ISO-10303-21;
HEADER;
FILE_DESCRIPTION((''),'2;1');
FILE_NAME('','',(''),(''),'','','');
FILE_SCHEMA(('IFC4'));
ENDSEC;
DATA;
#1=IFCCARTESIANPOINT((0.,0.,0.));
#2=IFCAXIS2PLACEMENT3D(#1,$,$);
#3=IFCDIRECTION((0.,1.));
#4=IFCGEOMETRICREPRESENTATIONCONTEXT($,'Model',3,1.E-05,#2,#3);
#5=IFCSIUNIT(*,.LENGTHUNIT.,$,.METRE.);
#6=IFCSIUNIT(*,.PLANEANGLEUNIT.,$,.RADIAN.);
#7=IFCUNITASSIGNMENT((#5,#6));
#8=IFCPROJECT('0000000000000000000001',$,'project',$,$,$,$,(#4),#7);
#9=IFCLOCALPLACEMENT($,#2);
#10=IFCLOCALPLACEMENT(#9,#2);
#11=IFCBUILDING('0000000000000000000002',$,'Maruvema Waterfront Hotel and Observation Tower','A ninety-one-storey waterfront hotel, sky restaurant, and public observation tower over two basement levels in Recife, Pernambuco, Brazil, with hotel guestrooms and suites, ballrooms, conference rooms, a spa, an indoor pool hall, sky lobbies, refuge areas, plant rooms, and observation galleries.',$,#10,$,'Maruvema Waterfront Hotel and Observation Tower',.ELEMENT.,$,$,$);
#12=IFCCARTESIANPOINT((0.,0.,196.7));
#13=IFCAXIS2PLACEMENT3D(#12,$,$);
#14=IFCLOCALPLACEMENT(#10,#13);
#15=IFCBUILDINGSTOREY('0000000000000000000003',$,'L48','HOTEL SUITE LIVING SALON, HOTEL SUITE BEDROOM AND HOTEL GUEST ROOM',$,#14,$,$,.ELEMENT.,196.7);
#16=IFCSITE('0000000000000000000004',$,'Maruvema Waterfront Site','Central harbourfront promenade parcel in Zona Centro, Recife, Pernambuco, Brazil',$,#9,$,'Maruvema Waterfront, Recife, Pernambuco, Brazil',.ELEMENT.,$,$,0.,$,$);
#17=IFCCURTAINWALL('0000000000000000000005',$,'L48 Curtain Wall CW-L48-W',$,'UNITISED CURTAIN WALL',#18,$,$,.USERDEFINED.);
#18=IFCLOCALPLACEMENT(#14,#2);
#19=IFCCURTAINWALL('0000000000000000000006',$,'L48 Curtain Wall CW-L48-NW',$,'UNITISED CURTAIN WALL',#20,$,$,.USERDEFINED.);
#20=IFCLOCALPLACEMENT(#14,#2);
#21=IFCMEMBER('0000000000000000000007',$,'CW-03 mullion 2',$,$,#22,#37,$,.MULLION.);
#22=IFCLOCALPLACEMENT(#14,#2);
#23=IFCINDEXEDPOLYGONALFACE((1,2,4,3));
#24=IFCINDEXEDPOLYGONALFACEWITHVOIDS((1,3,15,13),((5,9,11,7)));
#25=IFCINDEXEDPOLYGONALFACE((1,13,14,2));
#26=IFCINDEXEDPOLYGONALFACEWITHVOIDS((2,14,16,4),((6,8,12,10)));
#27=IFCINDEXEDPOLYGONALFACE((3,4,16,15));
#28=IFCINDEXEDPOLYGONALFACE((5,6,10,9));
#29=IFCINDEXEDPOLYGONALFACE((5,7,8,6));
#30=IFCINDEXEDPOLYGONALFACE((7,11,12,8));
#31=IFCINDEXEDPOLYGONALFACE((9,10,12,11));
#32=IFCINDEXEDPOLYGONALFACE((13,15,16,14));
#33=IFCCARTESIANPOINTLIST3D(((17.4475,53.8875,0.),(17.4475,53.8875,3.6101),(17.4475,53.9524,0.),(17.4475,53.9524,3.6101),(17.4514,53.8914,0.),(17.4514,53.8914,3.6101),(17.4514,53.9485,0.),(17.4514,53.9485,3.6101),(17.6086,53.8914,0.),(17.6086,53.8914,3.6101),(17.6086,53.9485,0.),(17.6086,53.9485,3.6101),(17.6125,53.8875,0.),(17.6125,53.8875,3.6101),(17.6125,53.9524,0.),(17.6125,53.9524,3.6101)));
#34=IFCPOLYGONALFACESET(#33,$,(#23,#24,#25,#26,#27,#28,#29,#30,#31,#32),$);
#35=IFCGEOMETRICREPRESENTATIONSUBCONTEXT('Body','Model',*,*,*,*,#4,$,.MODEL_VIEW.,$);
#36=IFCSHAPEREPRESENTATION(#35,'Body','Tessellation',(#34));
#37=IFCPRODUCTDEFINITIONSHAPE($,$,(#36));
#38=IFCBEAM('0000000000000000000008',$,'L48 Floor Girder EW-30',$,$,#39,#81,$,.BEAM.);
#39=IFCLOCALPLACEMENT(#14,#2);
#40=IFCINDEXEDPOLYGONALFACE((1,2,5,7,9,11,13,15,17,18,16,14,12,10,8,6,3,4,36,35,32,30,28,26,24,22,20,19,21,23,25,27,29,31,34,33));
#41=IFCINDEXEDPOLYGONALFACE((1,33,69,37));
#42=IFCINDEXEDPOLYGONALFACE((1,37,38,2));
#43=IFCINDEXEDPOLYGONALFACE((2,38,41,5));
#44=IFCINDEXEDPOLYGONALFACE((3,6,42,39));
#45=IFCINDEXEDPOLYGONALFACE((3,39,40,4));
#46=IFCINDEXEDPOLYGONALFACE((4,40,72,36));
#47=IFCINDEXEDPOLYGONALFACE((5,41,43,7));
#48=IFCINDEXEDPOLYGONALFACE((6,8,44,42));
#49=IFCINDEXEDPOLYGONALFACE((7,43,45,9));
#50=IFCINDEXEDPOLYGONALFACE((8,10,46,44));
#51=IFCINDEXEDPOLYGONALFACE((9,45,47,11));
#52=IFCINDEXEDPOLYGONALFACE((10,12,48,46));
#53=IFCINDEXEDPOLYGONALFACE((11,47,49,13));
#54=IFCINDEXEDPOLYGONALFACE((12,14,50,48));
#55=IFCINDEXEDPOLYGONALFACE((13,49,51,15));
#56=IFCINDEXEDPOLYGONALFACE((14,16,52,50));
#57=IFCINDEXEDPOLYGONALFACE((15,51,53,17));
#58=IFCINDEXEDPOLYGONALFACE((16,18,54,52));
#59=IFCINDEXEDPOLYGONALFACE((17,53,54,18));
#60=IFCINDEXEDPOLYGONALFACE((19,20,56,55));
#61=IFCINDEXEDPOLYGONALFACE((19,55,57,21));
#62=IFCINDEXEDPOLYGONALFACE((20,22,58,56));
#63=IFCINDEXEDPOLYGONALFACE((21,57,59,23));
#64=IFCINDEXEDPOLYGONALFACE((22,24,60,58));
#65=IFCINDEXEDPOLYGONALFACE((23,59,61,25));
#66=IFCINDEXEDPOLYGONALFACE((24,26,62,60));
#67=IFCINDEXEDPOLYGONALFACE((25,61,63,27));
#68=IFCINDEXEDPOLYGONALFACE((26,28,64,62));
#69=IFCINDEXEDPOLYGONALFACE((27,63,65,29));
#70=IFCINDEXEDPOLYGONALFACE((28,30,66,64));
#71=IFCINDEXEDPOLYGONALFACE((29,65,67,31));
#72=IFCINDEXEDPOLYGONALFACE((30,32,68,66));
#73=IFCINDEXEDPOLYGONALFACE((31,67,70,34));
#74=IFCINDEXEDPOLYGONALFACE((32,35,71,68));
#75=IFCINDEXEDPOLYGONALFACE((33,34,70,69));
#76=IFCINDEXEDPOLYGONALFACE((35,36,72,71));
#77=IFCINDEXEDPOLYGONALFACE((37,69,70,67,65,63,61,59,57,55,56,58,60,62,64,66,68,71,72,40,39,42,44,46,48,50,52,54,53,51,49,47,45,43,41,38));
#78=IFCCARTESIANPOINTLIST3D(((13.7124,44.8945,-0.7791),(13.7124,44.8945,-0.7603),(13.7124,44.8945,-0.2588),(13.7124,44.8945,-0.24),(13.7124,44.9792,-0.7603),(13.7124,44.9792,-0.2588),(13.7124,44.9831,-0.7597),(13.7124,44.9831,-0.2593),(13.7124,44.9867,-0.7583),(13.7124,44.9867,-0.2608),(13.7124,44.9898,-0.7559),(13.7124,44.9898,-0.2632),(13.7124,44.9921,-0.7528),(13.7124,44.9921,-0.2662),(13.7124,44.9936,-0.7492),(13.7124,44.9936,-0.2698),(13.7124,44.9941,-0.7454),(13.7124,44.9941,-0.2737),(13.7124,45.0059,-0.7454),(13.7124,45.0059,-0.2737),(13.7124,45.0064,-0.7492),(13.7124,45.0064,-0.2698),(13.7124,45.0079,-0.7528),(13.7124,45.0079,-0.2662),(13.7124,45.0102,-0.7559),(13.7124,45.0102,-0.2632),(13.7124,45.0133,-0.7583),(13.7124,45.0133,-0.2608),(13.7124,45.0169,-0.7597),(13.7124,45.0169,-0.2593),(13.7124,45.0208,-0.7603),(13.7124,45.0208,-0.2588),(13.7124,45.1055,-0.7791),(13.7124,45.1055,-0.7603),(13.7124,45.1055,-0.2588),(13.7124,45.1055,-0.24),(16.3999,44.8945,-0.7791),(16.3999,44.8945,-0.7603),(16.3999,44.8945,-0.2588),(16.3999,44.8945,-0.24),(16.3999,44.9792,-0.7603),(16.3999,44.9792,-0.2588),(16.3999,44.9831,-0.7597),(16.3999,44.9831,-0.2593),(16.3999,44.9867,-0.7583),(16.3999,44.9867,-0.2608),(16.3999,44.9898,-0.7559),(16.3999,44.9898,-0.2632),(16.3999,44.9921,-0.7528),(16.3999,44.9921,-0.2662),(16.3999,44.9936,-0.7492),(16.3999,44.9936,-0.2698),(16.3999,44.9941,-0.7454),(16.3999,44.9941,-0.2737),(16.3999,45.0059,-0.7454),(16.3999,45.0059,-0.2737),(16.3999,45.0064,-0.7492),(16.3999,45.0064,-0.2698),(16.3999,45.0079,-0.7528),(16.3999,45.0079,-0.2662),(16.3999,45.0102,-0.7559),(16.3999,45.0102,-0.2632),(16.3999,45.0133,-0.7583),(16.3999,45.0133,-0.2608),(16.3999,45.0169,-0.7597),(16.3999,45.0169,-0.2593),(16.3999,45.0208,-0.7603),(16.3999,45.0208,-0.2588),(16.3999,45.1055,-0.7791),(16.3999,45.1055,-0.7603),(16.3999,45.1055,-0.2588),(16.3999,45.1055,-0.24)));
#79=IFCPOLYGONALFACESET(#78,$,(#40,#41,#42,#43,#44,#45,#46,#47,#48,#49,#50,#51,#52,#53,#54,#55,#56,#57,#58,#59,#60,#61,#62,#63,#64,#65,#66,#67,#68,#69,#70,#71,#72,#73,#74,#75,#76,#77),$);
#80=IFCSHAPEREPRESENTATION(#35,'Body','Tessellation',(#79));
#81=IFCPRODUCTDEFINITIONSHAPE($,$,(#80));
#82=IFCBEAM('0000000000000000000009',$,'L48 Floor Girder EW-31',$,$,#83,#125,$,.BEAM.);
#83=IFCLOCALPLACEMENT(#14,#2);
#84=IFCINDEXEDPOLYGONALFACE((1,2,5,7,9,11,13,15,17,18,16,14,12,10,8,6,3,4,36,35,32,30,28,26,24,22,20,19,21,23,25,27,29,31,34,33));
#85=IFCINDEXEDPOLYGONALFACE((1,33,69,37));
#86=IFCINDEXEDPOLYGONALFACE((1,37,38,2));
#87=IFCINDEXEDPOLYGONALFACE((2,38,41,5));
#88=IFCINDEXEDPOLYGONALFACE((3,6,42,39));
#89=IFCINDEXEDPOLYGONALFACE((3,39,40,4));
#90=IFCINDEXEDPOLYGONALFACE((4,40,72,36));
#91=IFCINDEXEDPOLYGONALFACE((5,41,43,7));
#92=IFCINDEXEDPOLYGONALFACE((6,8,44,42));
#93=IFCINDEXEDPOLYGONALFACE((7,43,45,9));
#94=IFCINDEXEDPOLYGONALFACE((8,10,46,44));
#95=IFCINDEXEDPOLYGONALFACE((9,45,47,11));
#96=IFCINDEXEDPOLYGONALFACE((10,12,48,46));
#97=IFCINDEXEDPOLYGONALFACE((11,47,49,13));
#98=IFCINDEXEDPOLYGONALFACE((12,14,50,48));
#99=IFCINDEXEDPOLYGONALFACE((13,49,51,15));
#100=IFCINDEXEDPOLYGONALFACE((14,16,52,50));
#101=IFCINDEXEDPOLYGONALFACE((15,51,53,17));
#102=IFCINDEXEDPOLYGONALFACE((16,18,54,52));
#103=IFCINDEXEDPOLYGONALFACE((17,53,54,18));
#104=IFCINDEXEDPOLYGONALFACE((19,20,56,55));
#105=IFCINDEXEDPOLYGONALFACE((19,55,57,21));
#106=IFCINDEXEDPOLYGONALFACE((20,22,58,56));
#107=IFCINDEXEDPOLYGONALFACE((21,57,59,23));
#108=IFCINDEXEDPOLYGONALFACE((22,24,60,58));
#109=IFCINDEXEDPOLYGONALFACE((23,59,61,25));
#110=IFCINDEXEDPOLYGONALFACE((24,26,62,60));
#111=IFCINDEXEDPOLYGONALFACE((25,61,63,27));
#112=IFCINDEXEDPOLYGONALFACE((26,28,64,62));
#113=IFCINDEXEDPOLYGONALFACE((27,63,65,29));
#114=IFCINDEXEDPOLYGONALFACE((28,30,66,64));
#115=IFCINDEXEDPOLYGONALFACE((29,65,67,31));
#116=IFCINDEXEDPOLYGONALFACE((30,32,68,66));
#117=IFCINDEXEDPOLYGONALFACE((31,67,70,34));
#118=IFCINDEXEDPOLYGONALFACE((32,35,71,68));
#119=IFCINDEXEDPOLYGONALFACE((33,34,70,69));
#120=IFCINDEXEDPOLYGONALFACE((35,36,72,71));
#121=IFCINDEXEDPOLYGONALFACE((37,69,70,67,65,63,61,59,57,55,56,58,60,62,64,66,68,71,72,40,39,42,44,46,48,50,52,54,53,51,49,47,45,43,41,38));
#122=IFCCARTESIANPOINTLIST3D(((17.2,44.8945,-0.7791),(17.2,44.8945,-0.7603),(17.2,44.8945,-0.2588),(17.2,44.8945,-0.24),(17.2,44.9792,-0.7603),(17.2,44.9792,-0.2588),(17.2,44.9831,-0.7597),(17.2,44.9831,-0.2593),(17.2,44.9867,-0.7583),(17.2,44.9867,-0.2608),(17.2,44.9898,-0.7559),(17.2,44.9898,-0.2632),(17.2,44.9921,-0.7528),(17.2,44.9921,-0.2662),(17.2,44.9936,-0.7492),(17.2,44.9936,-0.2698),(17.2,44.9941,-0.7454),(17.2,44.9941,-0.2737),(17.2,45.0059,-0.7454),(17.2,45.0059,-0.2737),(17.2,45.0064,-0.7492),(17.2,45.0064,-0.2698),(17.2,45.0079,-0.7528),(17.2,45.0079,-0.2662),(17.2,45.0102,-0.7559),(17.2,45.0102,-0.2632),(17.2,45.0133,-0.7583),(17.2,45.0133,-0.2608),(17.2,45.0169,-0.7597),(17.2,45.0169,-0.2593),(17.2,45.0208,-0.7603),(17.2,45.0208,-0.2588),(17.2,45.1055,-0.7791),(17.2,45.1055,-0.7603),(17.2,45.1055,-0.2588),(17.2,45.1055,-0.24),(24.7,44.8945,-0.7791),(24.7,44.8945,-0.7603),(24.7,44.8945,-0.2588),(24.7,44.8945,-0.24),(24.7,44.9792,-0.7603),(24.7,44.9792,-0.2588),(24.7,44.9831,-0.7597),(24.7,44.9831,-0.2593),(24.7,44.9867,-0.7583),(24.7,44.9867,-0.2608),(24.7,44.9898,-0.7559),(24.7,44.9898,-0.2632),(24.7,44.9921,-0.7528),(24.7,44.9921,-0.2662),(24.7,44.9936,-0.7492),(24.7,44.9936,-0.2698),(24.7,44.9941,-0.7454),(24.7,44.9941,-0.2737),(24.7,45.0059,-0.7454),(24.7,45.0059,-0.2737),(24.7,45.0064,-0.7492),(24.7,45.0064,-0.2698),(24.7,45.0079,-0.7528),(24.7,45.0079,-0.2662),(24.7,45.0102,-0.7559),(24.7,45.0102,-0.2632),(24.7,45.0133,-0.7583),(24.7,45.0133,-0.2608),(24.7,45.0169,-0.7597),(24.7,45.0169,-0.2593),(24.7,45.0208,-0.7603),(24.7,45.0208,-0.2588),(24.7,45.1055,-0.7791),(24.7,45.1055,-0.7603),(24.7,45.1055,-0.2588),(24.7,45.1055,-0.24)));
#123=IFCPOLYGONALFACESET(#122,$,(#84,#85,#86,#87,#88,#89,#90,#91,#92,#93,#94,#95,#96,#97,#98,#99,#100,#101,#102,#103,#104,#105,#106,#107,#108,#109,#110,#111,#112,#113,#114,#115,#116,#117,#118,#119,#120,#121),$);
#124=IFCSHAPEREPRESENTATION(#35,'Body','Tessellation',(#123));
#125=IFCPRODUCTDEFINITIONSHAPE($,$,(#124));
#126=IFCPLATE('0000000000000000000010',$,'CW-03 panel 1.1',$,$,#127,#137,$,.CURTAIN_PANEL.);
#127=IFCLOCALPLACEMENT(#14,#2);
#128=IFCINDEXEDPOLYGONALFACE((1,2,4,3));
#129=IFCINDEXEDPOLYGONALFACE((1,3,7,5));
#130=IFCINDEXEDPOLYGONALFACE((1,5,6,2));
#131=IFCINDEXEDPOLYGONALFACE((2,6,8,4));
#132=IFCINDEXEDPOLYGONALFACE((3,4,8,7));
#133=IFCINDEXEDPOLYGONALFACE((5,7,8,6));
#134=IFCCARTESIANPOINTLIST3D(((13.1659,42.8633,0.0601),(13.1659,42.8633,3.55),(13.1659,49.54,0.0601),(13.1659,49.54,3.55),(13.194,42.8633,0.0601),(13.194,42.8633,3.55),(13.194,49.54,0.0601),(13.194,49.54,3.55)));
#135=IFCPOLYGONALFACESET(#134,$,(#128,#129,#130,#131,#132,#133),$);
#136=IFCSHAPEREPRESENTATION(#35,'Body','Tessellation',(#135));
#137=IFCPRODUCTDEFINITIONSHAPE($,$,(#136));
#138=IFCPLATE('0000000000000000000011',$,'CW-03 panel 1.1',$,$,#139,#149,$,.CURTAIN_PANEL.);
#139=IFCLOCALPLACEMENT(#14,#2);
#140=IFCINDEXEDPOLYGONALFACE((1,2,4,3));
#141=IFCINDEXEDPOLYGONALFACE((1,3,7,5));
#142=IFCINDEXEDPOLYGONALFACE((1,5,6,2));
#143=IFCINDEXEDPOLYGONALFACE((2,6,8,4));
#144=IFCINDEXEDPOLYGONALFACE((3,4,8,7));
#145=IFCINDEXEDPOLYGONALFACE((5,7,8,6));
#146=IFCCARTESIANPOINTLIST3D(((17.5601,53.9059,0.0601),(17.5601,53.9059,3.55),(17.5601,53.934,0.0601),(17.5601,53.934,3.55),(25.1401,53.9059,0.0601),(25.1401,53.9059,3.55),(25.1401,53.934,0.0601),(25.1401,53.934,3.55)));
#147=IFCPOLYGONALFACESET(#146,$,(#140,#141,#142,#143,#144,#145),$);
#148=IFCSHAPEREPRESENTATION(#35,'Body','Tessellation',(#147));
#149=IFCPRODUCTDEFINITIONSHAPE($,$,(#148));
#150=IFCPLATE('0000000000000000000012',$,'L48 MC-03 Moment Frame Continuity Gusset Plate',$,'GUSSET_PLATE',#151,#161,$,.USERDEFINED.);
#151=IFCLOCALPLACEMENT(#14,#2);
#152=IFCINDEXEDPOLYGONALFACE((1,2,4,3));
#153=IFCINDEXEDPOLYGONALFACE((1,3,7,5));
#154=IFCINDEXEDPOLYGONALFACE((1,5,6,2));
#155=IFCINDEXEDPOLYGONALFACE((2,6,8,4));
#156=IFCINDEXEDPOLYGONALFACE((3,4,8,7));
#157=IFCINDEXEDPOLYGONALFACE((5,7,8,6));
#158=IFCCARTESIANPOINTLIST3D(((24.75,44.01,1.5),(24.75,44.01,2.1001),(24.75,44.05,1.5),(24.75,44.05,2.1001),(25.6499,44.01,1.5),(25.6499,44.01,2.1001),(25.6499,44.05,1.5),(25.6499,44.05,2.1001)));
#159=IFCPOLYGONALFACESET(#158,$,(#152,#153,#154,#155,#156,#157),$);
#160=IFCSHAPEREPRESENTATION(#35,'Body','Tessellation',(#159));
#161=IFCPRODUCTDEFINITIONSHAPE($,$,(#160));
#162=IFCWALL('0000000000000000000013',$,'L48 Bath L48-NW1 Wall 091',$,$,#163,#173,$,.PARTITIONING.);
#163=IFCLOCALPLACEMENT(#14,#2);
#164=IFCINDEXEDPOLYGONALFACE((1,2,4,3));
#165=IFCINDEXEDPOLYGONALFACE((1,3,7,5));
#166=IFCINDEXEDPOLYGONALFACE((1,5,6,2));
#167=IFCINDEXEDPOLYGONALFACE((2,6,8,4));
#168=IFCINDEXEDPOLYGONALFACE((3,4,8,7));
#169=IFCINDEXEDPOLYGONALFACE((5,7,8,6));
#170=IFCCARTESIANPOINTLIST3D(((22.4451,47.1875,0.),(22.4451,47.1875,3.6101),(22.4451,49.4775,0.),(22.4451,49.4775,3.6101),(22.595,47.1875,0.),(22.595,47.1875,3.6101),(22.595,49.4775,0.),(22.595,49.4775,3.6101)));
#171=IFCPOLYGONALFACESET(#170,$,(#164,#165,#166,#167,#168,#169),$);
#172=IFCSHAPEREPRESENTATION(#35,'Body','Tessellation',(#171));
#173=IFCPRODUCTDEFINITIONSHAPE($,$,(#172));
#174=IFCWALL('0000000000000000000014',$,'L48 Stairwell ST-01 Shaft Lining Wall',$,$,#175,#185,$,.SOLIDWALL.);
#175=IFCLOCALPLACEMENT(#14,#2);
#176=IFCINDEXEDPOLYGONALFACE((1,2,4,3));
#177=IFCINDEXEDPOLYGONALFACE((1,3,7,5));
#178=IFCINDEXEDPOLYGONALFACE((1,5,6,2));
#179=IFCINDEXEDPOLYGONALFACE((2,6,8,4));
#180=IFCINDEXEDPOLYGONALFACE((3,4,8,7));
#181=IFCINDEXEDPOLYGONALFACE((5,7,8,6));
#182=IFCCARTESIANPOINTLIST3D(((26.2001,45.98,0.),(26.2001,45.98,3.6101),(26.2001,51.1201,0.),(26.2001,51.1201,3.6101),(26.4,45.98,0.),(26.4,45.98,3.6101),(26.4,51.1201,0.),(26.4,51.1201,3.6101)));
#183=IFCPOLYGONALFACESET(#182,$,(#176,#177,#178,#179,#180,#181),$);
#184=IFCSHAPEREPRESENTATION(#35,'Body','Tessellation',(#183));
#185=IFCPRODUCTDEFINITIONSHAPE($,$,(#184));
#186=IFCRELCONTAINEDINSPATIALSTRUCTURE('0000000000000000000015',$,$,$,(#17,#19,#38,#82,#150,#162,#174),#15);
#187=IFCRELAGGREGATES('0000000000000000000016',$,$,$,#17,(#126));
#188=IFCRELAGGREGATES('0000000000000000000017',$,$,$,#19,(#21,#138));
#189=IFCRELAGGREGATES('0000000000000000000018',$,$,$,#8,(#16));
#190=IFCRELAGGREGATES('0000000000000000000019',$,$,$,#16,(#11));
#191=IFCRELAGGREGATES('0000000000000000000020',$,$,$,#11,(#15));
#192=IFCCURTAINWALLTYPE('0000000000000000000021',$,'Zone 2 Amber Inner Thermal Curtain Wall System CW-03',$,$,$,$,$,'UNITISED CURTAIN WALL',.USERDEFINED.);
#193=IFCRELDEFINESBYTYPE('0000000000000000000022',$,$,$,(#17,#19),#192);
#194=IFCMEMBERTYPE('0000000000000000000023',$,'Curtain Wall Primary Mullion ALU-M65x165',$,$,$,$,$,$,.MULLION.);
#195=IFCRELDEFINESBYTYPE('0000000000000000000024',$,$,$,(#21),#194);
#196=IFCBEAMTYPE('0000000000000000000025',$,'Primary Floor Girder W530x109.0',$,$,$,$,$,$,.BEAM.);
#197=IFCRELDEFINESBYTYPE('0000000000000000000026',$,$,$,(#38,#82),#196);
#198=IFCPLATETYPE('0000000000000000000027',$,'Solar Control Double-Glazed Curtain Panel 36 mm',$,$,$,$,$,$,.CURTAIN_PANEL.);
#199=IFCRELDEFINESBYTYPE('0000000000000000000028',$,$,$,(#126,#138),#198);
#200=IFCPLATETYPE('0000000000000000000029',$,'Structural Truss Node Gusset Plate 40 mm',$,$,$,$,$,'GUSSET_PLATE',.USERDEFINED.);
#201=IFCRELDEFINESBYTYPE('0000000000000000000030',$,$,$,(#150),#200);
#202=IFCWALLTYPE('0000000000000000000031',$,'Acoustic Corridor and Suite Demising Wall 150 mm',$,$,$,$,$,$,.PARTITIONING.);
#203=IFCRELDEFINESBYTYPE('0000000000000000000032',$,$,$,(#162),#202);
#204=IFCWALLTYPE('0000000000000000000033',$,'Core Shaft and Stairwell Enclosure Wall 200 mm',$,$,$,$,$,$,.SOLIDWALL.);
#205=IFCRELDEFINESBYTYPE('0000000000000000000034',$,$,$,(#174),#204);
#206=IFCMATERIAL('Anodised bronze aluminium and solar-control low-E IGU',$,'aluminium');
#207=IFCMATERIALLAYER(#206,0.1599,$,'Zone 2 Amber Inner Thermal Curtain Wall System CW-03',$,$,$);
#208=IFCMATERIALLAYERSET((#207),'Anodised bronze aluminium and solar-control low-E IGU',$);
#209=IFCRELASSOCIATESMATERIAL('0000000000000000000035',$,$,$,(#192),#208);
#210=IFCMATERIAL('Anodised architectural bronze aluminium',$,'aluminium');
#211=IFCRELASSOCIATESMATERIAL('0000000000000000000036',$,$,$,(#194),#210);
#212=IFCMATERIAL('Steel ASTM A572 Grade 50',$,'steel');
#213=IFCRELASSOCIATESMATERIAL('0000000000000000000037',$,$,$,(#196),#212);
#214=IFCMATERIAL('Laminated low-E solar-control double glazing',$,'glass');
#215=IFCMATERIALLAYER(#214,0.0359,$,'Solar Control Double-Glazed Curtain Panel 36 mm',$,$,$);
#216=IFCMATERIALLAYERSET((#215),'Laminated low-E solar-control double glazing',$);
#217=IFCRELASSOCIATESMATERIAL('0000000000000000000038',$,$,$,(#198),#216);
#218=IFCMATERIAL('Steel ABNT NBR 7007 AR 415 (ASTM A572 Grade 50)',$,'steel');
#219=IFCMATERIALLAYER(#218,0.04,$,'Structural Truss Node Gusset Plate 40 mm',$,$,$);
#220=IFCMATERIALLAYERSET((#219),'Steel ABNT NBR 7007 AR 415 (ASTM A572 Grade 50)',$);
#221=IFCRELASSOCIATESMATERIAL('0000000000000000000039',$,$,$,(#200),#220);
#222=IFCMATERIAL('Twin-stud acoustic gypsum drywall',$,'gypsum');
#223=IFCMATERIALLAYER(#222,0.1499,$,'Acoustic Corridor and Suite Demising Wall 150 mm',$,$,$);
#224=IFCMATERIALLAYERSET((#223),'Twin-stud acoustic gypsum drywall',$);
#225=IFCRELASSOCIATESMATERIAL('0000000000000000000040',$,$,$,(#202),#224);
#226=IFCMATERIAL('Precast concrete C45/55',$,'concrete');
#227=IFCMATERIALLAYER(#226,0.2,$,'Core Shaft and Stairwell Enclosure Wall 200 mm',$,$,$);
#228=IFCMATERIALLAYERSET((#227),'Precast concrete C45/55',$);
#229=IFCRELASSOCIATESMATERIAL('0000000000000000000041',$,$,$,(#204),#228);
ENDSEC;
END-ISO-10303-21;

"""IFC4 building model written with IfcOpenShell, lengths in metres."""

from ifc_helpers import new_model, si_unit, direction, frame, frame_2d, origin, origin_2d, place, context, subcontext, project, spatial, rectangle, hollow_rectangle, i_section, extrude, material, layer, layer_set, material_profile, profile_set, type_object, element, aggregate, save


model = new_model("IFC4")

# Units and contexts
model_context = context("Model", 3, precision=1e-05, world=origin(), true_north=direction((0.0, 1.0)))
body_context = subcontext(model_context, "Body", "Model", "MODEL_VIEW")
ifc_project = project(units=[si_unit("LENGTHUNIT", "METRE"), si_unit("PLANEANGLEUNIT", "RADIAN")], contexts=[model_context])

# Site, building, storey
site_placement = place(None, origin())
site = spatial("IfcSite", under=ifc_project, at=site_placement, Name="Maruvema Waterfront Site", Description="Central harbourfront promenade parcel in Zona Centro, Recife, Pernambuco, Brazil", LongName="Maruvema Waterfront, Recife, Pernambuco, Brazil", CompositionType="ELEMENT", RefElevation=0.0)
building_placement = place(site_placement, origin())
building = spatial("IfcBuilding", under=site, at=building_placement, Name="Maruvema Waterfront Hotel and Observation Tower", Description="A ninety-one-storey waterfront hotel, sky restaurant, and public observation tower over two basement levels in Recife, Pernambuco, Brazil, with hotel guestrooms and suites, ballrooms, conference rooms, a spa, an indoor pool hall, sky lobbies, refuge areas, plant rooms, and observation galleries.", LongName="Maruvema Waterfront Hotel and Observation Tower", CompositionType="ELEMENT")
storey_placement = place(building_placement, frame((0.0, 0.0, 196.7)))
storey = spatial("IfcBuildingStorey", under=building, at=storey_placement, Name="L48", Description="HOTEL SUITE LIVING SALON, HOTEL SUITE BEDROOM AND HOTEL GUEST ROOM", CompositionType="ELEMENT", Elevation=196.7)

# Curtain walls
ifc_material_1 = material(Name="Anodised bronze aluminium and solar-control low-E IGU", Category="aluminium")
ifc_layer_1 = layer(ifc_material_1, 0.1599, Name="Zone 2 Amber Inner Thermal Curtain Wall System CW-03")
ifc_layer_set_1 = layer_set([ifc_layer_1], Name="Anodised bronze aluminium and solar-control low-E IGU")
curtain_wall_type = type_object("IfcCurtainWallType", Name="Zone 2 Amber Inner Thermal Curtain Wall System CW-03", ElementType="UNITISED CURTAIN WALL", PredefinedType="USERDEFINED", material=ifc_layer_set_1)
curtain_wall_1_placement = place(storey_placement, origin())
curtain_wall_1 = element("IfcCurtainWall", 1, at=curtain_wall_1_placement, inside=storey, type_object=curtain_wall_type, Name="L48 Curtain Wall CW-L48-W", ObjectType="UNITISED CURTAIN WALL", PredefinedType="USERDEFINED")
curtain_wall_2_placement = place(storey_placement, origin())
curtain_wall_2 = element("IfcCurtainWall", 2, at=curtain_wall_2_placement, inside=storey, type_object=curtain_wall_type, Name="L48 Curtain Wall CW-L48-NW", ObjectType="UNITISED CURTAIN WALL", PredefinedType="USERDEFINED")

# Member
ifc_material_2 = material(Name="Anodised architectural bronze aluminium", Category="aluminium")
ifc_material_profile_1 = material_profile(ifc_material_2, hollow_rectangle(XDim=0.0649, YDim=0.165, WallThickness=0.0039, at=origin_2d()), Name="ALU-M65x165")
ifc_profile_set_1 = profile_set([ifc_material_profile_1], Name="Anodised architectural bronze aluminium")
member_type_1 = type_object("IfcMemberType", Name="Curtain Wall Primary Mullion ALU-M65x165", PredefinedType="MULLION", material=ifc_profile_set_1)
member_1_placement = place(storey_placement, frame((17.53, 53.9199, 0.0), z_axis=(0.0, 0.0, 1.0), x_axis=(0.0, -1.0, 0.0)))
member_1 = element("IfcMember", 3, at=member_1_placement, type_object=member_type_1, Name="CW-03 mullion 2", PredefinedType="MULLION", context=body_context, shape_type="SweptSolid", body=[
    extrude(hollow_rectangle(XDim=0.0649, YDim=0.165, WallThickness=0.0039, at=origin_2d()), origin(), (0.0, 0.0, 1.0), 3.6101),
])

# Beams
ifc_material_3 = material(Name="Steel ASTM A572 Grade 50", Category="steel")
ifc_material_profile_2 = material_profile(ifc_material_3, i_section(OverallWidth=0.2109, OverallDepth=0.5391, WebThickness=0.0117, FlangeThickness=0.0188, FilletRadius=0.0149, at=origin_2d()), Name="W530x109.0")
ifc_profile_set_2 = profile_set([ifc_material_profile_2], Name="Steel ASTM A572 Grade 50")
beam_type = type_object("IfcBeamType", Name="Primary Floor Girder W530x109.0", PredefinedType="BEAM", material=ifc_profile_set_2)
beam_1_placement = place(storey_placement, frame((13.7124, 45.0, -0.5095), z_axis=(1.0, 0.0, 0.0), x_axis=(0.0, 1.0, 0.0)))
element("IfcBeam", 4, at=beam_1_placement, inside=storey, type_object=beam_type, Name="L48 Floor Girder EW-30", PredefinedType="BEAM", context=body_context, shape_type="SweptSolid", body=[
    extrude(i_section(OverallWidth=0.2109, OverallDepth=0.5391, WebThickness=0.0117, FlangeThickness=0.0188, FilletRadius=0.0149, at=origin_2d()), origin(), (0.0, 0.0, 1.0), 2.6875),
])
beam_2_placement = place(storey_placement, frame((17.2, 45.0, -0.5095), z_axis=(1.0, 0.0, 0.0), x_axis=(0.0, 1.0, 0.0)))
element("IfcBeam", 5, at=beam_2_placement, inside=storey, type_object=beam_type, Name="L48 Floor Girder EW-31", PredefinedType="BEAM", context=body_context, shape_type="SweptSolid", body=[
    extrude(i_section(OverallWidth=0.2109, OverallDepth=0.5391, WebThickness=0.0117, FlangeThickness=0.0188, FilletRadius=0.0149, at=origin_2d()), origin(), (0.0, 0.0, 1.0), 7.5),
])

# Plates
ifc_material_4 = material(Name="Laminated low-E solar-control double glazing", Category="glass")
ifc_layer_2 = layer(ifc_material_4, 0.0359, Name="Solar Control Double-Glazed Curtain Panel 36 mm")
ifc_layer_set_2 = layer_set([ifc_layer_2], Name="Laminated low-E solar-control double glazing")
plate_type_1 = type_object("IfcPlateType", Name="Solar Control Double-Glazed Curtain Panel 36 mm", PredefinedType="CURTAIN_PANEL", material=ifc_layer_set_2)
plate_1_placement = place(storey_placement, frame((13.1799, 46.2017, 0.0601), z_axis=(0.0, 0.0, 1.0), x_axis=(0.0, -1.0, 0.0)))
plate_1 = element("IfcPlate", 6, at=plate_1_placement, type_object=plate_type_1, Name="CW-03 panel 1.1", PredefinedType="CURTAIN_PANEL", context=body_context, shape_type="SweptSolid", body=[
    extrude(rectangle(XDim=6.6768, YDim=0.0281, at=origin_2d()), origin(), (0.0, 0.0, 1.0), 3.49),
])
aggregate(curtain_wall_1, [plate_1])
plate_2_placement = place(storey_placement, frame((21.3501, 53.9199, 0.0601), z_axis=(0.0, 0.0, 1.0), x_axis=(-1.0, 0.0, 0.0)))
plate_2 = element("IfcPlate", 7, at=plate_2_placement, type_object=plate_type_1, Name="CW-03 panel 1.1", PredefinedType="CURTAIN_PANEL", context=body_context, shape_type="SweptSolid", body=[
    extrude(rectangle(XDim=7.5801, YDim=0.0281, at=origin_2d()), origin(), (0.0, 0.0, 1.0), 3.49),
])
aggregate(curtain_wall_2, [member_1, plate_2])
ifc_material_5 = material(Name="Steel ABNT NBR 7007 AR 415 (ASTM A572 Grade 50)", Category="steel")
ifc_layer_3 = layer(ifc_material_5, 0.04, Name="Structural Truss Node Gusset Plate 40 mm")
ifc_layer_set_3 = layer_set([ifc_layer_3], Name="Steel ABNT NBR 7007 AR 415 (ASTM A572 Grade 50)")
plate_type_2 = type_object("IfcPlateType", Name="Structural Truss Node Gusset Plate 40 mm", ElementType="GUSSET_PLATE", PredefinedType="USERDEFINED", material=ifc_layer_set_3)
plate_3_placement = place(storey_placement, frame((25.2, 44.03, 1.5), z_axis=(0.0, 0.0, 1.0), x_axis=(1.0, 0.0, 0.0)))
element("IfcPlate", 8, at=plate_3_placement, inside=storey, type_object=plate_type_2, Name="L48 MC-03 Moment Frame Continuity Gusset Plate", ObjectType="GUSSET_PLATE", PredefinedType="USERDEFINED", context=body_context, shape_type="SweptSolid", body=[
    extrude(rectangle(XDim=0.8999, YDim=0.04, at=origin_2d()), origin(), (0.0, 0.0, 1.0), 0.6001),
])

# Walls
ifc_material_6 = material(Name="Twin-stud acoustic gypsum drywall", Category="gypsum")
ifc_layer_4 = layer(ifc_material_6, 0.1499, Name="Acoustic Corridor and Suite Demising Wall 150 mm")
ifc_layer_set_4 = layer_set([ifc_layer_4], Name="Twin-stud acoustic gypsum drywall")
wall_type_1 = type_object("IfcWallType", Name="Acoustic Corridor and Suite Demising Wall 150 mm", PredefinedType="PARTITIONING", material=ifc_layer_set_4)
wall_1_placement = place(storey_placement, frame((22.52, 47.1875, 0.0), z_axis=(0.0, 0.0, 1.0), x_axis=(0.0, 1.0, 0.0)))
element("IfcWall", 9, at=wall_1_placement, inside=storey, type_object=wall_type_1, Name="L48 Bath L48-NW1 Wall 091", PredefinedType="PARTITIONING", context=body_context, shape_type="SweptSolid", body=[
    extrude(rectangle(XDim=2.29, YDim=0.1499, at=frame_2d((1.145, 0.0))), origin(), (0.0, 0.0, 1.0), 3.6101),
])
ifc_material_7 = material(Name="Precast concrete C45/55", Category="concrete")
ifc_layer_5 = layer(ifc_material_7, 0.2, Name="Core Shaft and Stairwell Enclosure Wall 200 mm")
ifc_layer_set_5 = layer_set([ifc_layer_5], Name="Precast concrete C45/55")
wall_type_2 = type_object("IfcWallType", Name="Core Shaft and Stairwell Enclosure Wall 200 mm", PredefinedType="SOLIDWALL", material=ifc_layer_set_5)
wall_2_placement = place(storey_placement, frame((26.3, 45.98, 0.0), z_axis=(0.0, 0.0, 1.0), x_axis=(0.0, 1.0, 0.0)))
element("IfcWall", 10, at=wall_2_placement, inside=storey, type_object=wall_type_2, Name="L48 Stairwell ST-01 Shaft Lining Wall", PredefinedType="SOLIDWALL", context=body_context, shape_type="SweptSolid", body=[
    extrude(rectangle(XDim=5.1401, YDim=0.2, at=frame_2d((2.5701, 0.0))), origin(), (0.0, 0.0, 1.0), 3.6101),
])

save(model, "model.ifc")
